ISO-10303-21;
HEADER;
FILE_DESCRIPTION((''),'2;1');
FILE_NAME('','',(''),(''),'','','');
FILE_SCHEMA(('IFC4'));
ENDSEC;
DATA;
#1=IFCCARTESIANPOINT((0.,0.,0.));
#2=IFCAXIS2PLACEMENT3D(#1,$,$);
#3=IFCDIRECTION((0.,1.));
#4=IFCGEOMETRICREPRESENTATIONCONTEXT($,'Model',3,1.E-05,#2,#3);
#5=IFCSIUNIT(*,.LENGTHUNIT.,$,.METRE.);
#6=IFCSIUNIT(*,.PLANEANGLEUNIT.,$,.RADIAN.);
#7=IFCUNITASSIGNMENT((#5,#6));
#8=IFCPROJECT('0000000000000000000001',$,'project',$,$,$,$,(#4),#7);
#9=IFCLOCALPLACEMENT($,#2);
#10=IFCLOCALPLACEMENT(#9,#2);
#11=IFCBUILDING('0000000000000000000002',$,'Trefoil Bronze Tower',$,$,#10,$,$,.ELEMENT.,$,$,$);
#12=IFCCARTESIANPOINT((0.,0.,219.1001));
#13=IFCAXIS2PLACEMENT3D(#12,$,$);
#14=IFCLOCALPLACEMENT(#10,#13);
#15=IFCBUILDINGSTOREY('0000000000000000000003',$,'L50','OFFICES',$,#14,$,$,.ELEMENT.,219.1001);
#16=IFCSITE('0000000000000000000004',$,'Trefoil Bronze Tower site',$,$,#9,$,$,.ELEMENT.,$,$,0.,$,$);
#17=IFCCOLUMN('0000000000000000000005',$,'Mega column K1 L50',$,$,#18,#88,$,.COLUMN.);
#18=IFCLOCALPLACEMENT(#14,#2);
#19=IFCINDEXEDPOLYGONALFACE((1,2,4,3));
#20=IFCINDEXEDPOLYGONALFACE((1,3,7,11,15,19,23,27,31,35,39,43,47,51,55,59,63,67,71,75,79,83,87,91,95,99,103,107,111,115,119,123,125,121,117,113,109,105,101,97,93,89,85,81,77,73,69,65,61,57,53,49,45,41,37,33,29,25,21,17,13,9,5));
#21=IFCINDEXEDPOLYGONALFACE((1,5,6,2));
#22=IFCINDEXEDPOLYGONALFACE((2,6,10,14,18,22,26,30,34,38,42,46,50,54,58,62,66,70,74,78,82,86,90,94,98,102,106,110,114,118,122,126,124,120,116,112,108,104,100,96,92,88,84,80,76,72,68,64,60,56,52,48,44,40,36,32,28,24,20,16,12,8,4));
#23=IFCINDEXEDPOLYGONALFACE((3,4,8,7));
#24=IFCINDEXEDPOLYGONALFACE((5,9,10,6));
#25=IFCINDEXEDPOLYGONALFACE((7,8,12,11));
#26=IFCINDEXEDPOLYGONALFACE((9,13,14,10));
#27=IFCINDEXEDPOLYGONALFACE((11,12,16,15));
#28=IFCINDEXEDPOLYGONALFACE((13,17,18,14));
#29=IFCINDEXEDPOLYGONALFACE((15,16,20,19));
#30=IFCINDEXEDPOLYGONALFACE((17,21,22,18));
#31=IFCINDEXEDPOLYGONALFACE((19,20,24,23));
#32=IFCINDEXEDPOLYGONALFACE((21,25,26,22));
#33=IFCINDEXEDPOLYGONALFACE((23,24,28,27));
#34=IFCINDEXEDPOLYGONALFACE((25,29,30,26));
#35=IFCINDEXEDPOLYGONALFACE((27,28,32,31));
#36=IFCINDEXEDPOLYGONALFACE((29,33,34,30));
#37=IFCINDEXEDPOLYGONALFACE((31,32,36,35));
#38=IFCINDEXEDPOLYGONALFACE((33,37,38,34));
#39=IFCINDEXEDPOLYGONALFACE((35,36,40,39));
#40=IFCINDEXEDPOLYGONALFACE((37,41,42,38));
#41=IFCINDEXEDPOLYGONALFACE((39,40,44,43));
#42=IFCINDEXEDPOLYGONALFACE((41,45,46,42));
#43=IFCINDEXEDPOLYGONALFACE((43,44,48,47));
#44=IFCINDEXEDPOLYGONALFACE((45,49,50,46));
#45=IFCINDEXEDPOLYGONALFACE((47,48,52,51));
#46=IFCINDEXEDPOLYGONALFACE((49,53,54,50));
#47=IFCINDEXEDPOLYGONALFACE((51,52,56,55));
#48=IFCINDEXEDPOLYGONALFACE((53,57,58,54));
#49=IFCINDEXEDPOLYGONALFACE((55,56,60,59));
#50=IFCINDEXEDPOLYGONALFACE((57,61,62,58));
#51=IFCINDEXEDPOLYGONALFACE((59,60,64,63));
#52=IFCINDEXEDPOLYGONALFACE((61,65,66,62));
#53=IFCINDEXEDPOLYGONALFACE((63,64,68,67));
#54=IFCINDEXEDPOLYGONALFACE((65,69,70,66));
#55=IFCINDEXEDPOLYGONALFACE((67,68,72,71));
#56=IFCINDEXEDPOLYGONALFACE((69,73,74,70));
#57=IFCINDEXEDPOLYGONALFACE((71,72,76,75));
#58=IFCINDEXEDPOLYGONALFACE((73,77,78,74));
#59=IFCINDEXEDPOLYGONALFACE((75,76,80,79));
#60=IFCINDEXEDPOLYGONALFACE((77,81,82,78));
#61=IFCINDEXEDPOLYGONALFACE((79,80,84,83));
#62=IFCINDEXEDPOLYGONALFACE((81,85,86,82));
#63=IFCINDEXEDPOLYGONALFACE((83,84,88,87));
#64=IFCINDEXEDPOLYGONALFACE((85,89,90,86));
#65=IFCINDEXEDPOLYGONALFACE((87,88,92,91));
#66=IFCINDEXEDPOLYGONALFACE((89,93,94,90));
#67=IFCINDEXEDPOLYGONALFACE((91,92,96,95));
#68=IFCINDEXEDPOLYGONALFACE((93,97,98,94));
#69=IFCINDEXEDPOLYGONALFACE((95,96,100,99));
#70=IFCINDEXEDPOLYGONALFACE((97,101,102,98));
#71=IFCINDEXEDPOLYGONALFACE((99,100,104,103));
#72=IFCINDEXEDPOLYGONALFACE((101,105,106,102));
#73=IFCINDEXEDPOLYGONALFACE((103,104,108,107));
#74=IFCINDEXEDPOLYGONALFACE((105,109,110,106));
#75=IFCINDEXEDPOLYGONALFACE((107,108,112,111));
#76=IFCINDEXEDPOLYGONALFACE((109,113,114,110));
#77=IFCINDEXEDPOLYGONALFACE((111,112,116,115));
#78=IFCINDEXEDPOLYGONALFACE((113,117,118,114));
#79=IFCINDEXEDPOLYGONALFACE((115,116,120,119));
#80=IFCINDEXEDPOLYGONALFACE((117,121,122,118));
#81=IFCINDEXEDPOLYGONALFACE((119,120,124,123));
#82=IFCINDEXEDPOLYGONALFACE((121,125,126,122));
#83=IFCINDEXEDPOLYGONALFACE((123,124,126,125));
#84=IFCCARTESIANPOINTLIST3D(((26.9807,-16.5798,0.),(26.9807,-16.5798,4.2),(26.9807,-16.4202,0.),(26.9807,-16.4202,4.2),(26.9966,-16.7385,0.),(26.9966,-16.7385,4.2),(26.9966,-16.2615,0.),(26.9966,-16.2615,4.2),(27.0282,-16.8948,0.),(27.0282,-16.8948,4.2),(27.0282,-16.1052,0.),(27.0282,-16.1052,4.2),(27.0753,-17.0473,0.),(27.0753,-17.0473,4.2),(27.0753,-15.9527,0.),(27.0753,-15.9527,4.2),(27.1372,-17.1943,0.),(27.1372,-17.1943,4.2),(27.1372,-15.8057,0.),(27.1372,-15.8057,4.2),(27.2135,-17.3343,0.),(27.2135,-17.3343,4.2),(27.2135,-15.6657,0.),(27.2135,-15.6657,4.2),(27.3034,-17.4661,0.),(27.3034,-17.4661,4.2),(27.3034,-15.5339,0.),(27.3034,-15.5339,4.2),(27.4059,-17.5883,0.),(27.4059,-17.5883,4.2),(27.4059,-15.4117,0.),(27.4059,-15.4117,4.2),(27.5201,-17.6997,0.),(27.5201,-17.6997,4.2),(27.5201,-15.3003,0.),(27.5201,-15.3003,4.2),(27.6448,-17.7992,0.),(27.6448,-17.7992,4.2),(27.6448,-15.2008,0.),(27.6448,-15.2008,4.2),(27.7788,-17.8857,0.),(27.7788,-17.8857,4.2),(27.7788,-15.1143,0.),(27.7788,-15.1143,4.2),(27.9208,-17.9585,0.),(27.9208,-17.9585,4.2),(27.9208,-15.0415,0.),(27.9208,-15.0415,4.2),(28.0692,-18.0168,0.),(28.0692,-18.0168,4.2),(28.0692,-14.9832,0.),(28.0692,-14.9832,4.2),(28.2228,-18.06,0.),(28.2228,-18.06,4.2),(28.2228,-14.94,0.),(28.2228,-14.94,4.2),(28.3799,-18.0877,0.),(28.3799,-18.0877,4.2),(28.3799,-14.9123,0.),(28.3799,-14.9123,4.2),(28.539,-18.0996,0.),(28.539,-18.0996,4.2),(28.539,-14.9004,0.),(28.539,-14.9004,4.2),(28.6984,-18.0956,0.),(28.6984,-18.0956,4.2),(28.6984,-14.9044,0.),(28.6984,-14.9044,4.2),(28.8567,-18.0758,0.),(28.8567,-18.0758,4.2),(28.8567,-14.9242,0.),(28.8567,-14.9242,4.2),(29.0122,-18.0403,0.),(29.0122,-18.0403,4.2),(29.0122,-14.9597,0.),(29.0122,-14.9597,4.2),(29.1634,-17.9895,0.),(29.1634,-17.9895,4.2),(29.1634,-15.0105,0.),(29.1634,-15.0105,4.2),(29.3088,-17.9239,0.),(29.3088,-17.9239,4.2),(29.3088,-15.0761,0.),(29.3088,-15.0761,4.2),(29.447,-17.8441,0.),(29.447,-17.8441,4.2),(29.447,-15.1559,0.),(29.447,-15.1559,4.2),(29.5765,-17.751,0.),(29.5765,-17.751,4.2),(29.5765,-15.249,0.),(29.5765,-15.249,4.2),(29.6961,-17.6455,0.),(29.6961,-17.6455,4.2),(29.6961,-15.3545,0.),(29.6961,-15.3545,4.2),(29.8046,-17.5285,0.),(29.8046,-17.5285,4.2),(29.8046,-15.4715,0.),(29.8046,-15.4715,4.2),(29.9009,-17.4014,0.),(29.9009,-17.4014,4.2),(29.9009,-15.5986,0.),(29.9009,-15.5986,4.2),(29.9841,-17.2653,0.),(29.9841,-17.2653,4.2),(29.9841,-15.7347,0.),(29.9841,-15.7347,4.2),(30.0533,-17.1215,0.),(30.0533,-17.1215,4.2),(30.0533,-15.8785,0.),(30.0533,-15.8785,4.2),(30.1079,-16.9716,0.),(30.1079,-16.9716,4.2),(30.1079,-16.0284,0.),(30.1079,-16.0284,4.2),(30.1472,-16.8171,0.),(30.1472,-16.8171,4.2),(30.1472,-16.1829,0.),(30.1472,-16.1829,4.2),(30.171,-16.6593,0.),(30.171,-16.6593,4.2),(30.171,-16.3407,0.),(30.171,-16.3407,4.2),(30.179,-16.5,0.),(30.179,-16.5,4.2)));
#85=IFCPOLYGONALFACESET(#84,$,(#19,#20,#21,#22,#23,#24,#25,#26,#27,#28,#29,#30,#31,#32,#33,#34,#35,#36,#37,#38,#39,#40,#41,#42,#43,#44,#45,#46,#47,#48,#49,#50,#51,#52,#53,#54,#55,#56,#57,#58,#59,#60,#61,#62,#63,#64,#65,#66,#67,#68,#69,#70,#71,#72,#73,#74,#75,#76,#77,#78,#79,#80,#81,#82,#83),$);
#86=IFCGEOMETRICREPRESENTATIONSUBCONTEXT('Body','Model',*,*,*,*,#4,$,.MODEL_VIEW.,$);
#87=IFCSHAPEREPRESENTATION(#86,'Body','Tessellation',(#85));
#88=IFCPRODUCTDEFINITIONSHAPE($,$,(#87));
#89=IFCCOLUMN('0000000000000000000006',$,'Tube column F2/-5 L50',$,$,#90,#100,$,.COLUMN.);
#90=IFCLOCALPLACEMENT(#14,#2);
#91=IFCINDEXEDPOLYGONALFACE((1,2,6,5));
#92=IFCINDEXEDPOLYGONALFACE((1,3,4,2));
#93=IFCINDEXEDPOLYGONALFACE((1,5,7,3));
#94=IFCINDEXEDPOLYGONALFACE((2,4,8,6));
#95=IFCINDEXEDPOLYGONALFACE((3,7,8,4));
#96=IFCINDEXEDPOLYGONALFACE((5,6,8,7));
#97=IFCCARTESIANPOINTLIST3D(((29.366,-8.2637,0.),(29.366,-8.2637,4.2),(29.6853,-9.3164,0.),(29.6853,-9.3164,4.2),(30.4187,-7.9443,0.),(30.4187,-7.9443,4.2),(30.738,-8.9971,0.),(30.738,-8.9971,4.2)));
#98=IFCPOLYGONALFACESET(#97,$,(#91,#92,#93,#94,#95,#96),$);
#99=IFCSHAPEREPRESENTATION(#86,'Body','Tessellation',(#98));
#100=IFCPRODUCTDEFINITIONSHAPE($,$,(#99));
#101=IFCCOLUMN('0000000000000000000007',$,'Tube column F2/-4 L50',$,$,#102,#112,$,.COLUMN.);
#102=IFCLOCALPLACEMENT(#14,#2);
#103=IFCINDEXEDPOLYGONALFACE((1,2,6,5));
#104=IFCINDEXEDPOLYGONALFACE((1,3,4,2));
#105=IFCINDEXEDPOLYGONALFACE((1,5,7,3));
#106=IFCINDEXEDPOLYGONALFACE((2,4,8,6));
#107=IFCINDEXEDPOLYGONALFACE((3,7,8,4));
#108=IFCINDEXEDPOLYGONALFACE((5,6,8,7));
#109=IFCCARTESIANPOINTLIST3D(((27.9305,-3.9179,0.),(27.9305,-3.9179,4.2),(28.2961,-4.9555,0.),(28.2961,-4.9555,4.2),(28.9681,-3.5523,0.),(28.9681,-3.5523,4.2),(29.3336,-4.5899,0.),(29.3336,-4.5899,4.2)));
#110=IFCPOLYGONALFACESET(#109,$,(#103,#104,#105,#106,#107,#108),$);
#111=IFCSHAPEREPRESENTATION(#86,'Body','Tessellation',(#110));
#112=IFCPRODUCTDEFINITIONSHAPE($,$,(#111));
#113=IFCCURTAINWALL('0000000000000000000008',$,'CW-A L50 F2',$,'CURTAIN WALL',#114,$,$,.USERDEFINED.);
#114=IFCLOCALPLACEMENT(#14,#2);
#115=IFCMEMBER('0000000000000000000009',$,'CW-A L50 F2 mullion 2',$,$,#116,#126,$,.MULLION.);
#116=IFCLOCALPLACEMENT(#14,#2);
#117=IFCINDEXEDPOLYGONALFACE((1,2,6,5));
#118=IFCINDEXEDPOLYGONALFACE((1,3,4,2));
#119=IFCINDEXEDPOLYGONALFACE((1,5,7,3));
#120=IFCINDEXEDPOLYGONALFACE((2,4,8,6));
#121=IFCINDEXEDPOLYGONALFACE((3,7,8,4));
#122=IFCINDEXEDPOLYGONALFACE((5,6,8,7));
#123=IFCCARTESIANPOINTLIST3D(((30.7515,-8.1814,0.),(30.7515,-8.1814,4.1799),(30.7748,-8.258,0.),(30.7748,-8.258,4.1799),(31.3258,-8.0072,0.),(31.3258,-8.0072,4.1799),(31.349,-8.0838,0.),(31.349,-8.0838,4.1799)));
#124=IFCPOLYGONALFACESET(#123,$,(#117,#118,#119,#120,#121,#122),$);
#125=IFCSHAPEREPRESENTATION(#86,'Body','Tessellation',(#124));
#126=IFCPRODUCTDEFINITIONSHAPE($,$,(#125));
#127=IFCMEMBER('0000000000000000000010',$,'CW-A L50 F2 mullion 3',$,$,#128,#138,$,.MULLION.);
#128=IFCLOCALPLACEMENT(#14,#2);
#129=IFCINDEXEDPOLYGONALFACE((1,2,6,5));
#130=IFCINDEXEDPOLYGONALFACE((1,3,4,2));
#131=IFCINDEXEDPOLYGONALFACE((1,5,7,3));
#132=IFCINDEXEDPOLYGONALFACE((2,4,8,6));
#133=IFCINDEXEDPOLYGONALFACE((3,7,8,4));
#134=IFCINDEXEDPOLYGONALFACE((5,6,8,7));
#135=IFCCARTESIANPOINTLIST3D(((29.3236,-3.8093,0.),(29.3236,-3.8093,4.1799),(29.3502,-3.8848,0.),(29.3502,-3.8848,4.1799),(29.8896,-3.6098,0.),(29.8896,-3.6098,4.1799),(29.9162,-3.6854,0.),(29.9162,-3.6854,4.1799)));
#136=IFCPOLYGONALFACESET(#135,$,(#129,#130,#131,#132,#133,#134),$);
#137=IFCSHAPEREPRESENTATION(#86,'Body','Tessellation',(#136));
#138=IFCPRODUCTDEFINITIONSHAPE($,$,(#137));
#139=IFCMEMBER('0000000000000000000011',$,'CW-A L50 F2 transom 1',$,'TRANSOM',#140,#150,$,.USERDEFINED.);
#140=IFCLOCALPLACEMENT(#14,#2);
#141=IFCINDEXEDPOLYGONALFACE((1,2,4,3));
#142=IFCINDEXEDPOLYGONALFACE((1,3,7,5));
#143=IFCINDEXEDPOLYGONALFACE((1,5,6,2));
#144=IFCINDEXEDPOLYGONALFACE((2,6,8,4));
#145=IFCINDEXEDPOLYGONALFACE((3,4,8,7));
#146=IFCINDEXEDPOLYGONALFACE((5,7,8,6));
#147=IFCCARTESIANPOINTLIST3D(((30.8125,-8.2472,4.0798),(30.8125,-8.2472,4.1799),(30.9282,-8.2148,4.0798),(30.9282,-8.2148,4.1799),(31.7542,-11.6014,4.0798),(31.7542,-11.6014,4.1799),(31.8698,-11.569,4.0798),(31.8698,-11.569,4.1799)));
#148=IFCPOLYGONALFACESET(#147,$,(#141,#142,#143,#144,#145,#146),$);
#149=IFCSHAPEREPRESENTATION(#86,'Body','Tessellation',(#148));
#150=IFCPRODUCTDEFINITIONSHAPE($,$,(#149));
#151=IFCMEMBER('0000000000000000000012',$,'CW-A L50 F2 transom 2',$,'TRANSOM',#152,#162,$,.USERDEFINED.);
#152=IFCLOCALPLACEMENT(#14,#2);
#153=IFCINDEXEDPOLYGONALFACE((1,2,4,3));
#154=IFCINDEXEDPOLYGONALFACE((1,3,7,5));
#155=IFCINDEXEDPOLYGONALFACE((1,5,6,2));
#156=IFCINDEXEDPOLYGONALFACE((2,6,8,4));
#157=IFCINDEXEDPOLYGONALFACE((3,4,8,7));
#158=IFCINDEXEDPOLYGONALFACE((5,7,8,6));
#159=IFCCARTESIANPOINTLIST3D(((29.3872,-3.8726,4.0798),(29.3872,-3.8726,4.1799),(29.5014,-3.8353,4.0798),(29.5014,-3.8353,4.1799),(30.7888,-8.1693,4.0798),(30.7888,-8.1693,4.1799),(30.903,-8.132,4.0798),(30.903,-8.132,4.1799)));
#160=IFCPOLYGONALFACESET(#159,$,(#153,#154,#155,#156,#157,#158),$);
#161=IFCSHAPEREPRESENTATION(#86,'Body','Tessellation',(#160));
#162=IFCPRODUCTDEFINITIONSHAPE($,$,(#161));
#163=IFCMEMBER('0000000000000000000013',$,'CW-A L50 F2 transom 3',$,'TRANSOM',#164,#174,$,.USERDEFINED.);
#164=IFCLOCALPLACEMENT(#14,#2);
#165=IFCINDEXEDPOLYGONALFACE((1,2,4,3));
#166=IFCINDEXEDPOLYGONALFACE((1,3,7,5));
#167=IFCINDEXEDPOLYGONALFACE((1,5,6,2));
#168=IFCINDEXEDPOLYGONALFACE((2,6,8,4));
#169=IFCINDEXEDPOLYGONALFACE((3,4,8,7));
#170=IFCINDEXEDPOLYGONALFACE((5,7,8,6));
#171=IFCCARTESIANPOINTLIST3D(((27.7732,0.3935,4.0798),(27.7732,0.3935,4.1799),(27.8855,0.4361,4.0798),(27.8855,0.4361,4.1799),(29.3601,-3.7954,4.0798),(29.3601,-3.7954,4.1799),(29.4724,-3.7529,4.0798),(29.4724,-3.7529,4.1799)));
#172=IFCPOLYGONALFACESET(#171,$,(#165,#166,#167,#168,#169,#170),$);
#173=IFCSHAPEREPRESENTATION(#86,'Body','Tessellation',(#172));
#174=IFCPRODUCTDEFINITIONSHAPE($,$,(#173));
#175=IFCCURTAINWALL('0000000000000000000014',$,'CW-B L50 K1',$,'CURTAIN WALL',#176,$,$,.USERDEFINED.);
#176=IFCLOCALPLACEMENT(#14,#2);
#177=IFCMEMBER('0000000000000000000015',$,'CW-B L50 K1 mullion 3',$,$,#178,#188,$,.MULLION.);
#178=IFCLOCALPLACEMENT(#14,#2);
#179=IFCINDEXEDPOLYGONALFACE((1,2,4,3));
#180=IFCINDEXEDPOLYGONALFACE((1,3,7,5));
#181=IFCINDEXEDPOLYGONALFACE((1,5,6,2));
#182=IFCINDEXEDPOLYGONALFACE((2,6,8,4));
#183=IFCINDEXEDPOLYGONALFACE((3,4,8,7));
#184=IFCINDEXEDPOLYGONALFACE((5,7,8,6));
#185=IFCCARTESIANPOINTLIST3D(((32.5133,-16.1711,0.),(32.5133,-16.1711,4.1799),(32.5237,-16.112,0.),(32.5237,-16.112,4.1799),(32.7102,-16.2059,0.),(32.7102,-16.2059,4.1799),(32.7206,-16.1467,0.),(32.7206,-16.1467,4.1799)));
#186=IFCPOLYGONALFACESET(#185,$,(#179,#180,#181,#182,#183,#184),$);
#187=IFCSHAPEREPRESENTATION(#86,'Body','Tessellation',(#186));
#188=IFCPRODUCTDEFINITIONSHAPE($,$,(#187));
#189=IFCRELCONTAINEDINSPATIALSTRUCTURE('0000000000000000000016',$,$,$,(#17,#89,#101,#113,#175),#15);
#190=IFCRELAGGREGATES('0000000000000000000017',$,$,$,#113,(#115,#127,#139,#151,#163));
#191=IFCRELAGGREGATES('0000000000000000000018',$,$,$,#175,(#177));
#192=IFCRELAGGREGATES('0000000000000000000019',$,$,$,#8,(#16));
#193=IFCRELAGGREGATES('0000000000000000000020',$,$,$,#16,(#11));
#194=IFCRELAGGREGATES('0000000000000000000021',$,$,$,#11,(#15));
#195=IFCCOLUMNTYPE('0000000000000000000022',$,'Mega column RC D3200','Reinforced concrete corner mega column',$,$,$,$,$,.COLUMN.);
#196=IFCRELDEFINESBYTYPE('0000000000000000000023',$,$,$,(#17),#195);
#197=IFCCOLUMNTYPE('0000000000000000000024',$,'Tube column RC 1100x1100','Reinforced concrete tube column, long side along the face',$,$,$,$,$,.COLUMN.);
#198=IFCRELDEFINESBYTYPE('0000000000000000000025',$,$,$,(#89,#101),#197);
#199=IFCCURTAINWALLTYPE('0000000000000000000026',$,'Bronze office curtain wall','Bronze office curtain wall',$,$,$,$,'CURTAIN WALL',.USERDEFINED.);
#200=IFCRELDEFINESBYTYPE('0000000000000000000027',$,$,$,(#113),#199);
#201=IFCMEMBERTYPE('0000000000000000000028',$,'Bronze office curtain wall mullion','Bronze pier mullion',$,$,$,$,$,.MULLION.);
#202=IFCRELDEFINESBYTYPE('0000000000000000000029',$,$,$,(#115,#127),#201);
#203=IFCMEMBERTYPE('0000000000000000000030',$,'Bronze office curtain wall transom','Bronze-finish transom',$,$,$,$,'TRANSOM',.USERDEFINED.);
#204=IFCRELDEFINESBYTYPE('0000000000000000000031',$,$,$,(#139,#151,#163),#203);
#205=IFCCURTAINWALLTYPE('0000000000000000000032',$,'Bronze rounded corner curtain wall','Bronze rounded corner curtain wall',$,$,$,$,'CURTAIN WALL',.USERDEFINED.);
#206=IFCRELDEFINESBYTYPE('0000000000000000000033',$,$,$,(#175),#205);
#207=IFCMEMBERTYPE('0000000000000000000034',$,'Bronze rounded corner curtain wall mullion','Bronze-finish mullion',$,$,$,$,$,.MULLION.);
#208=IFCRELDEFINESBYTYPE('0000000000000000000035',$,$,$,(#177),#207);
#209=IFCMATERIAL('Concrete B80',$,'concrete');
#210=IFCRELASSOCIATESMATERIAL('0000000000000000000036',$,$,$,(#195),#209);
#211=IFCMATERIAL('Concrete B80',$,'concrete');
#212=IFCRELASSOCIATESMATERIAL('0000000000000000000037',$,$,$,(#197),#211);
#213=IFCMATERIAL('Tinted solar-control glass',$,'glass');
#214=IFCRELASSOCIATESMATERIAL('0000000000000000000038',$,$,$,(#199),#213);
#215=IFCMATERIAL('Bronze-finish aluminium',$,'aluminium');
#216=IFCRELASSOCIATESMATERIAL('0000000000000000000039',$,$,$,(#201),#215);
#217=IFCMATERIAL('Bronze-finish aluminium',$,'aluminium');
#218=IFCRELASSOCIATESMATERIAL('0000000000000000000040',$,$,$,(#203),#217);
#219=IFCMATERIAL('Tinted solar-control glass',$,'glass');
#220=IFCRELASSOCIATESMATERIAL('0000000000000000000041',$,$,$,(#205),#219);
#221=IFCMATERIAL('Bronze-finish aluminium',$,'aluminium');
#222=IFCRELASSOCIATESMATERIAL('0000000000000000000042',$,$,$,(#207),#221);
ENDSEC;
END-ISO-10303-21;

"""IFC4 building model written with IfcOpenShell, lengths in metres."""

from ifc_helpers import new_model, si_unit, direction, frame, origin, origin_2d, place, context, subcontext, project, spatial, rectangle, circle, extrude, material, material_profile, profile_set, type_object, element, aggregate, save


model = new_model("IFC4")

# Units and contexts
model_context = context("Model", 3, precision=1e-05, world=origin(), true_north=direction((0.0, 1.0)))
body_context = subcontext(model_context, "Body", "Model", "MODEL_VIEW")
ifc_project = project(units=[si_unit("LENGTHUNIT", "METRE"), si_unit("PLANEANGLEUNIT", "RADIAN")], contexts=[model_context])

# Site, building, storey
site_placement = place(None, origin())
site = spatial("IfcSite", under=ifc_project, at=site_placement, Name="Trefoil Bronze Tower site", CompositionType="ELEMENT", RefElevation=0.0)
building_placement = place(site_placement, origin())
building = spatial("IfcBuilding", under=site, at=building_placement, Name="Trefoil Bronze Tower", CompositionType="ELEMENT")
storey_placement = place(building_placement, frame((0.0, 0.0, 219.1001)))
storey = spatial("IfcBuildingStorey", under=building, at=storey_placement, Name="L50", Description="OFFICES", CompositionType="ELEMENT", Elevation=219.1001)

# Columns
ifc_material_1 = material(Name="Concrete B80", Category="concrete")
ifc_material_profile_1 = material_profile(ifc_material_1, circle(Radius=1.6001, at=origin_2d()), Name="RC D3200")
ifc_profile_set_1 = profile_set([ifc_material_profile_1], Name="Concrete B80")
column_type_1 = type_object("IfcColumnType", Name="Mega column RC D3200", Description="Reinforced concrete corner mega column", PredefinedType="COLUMN", material=ifc_profile_set_1)
column_placement = place(storey_placement, frame((28.5789, -16.5, 0.0), z_axis=(0.0, 0.0, 1.0), x_axis=(1.0, 0.0, 0.0)))
element("IfcColumn", 1, at=column_placement, inside=storey, type_object=column_type_1, Name="Mega column K1 L50", PredefinedType="COLUMN", context=body_context, shape_type="SweptSolid", body=[
    extrude(circle(Radius=1.6001, at=origin_2d()), origin(), (0.0, 0.0, 1.0), 4.2),
])
ifc_material_2 = material(Name="Concrete B80", Category="concrete")
ifc_material_profile_2 = material_profile(ifc_material_2, rectangle(XDim=1.1001, YDim=1.1001, at=origin_2d()), Name="RC 1100x1100")
ifc_profile_set_2 = profile_set([ifc_material_profile_2], Name="Concrete B80")
column_type_2 = type_object("IfcColumnType", Name="Tube column RC 1100x1100", Description="Reinforced concrete tube column, long side along the face", PredefinedType="COLUMN", material=ifc_profile_set_2)
for number, where, z_axis, x_axis, name in (
    (2, (30.052, -8.6304, 0.0), (0.0, 0.0, 1.0), (-0.290278, 0.956942, 0.0), "Tube column F2/-5 L50"),
    (3, (28.6321, -4.2539, 0.0), (0.0, 0.0, 1.0), (-0.332282, 0.94318, 0.0), "Tube column F2/-4 L50"),
):
    element("IfcColumn", number, at=place(storey_placement, frame(where, z_axis=z_axis, x_axis=x_axis)), inside=storey, type_object=column_type_2, Name=name, PredefinedType="COLUMN", context=body_context, shape_type="SweptSolid", body=[
        extrude(rectangle(XDim=1.1001, YDim=1.1001, at=origin_2d()), origin(), (0.0, 0.0, 1.0), 4.2),
    ])

# Curtain walls, members
ifc_material_3 = material(Name="Tinted solar-control glass", Category="glass")
curtain_wall_type_1 = type_object("IfcCurtainWallType", Name="Bronze office curtain wall", Description="Bronze office curtain wall", ElementType="CURTAIN WALL", PredefinedType="USERDEFINED", material=ifc_material_3)
curtain_wall_1_placement = place(storey_placement, origin())
curtain_wall_1 = element("IfcCurtainWall", 4, at=curtain_wall_1_placement, inside=storey, type_object=curtain_wall_type_1, Name="CW-A L50 F2", ObjectType="CURTAIN WALL", PredefinedType="USERDEFINED")
ifc_material_4 = material(Name="Bronze-finish aluminium", Category="aluminium")
ifc_material_profile_3 = material_profile(ifc_material_4, rectangle(XDim=0.6001, YDim=0.0801, at=origin_2d()), Name="CW-A mullion")
ifc_profile_set_3 = profile_set([ifc_material_profile_3], Name="Bronze-finish aluminium")
member_type_1 = type_object("IfcMemberType", Name="Bronze office curtain wall mullion", Description="Bronze pier mullion", PredefinedType="MULLION", material=ifc_profile_set_3)
member_1_placement = place(storey_placement, frame((31.0503, -8.1326, 0.0), z_axis=(0.0, 0.0, 1.0), x_axis=(-0.956942, -0.290278, 0.0)))
member_1 = element("IfcMember", 5, at=member_1_placement, type_object=member_type_1, Name="CW-A L50 F2 mullion 2", PredefinedType="MULLION", context=body_context, shape_type="SweptSolid", body=[
    extrude(rectangle(XDim=0.6001, YDim=0.0801, at=origin_2d()), origin(), (0.0, 0.0, 1.0), 4.1799),
])
member_2_placement = place(storey_placement, frame((29.6199, -3.7473, 0.0), z_axis=(0.0, 0.0, 1.0), x_axis=(-0.94318, -0.332282, 0.0)))
member_2 = element("IfcMember", 6, at=member_2_placement, type_object=member_type_1, Name="CW-A L50 F2 mullion 3", PredefinedType="MULLION", context=body_context, shape_type="SweptSolid", body=[
    extrude(rectangle(XDim=0.6001, YDim=0.0801, at=origin_2d()), origin(), (0.0, 0.0, 1.0), 4.1799),
])
ifc_material_5 = material(Name="Bronze-finish aluminium", Category="aluminium")
ifc_material_profile_4 = material_profile(ifc_material_5, rectangle(XDim=0.1201, YDim=0.1001, at=origin_2d()), Name="CW-A transom")
ifc_profile_set_4 = profile_set([ifc_material_profile_4], Name="Bronze-finish aluminium")
member_type_2 = type_object("IfcMemberType", Name="Bronze office curtain wall transom", Description="Bronze-finish transom", ElementType="TRANSOM", PredefinedType="USERDEFINED", material=ifc_profile_set_4)
member_3_placement = place(storey_placement, frame((31.812, -11.5852, 4.1299), z_axis=(-0.270285, 0.96278, 0.0), x_axis=(-0.96278, -0.270285, 0.0)))
member_3 = element("IfcMember", 7, at=member_3_placement, type_object=member_type_2, Name="CW-A L50 F2 transom 1", ObjectType="TRANSOM", PredefinedType="USERDEFINED", context=body_context, shape_type="SweptSolid", body=[
    extrude(rectangle(XDim=0.1201, YDim=0.1001, at=origin_2d()), origin(), (0.0, 0.0, 1.0), 3.4839),
])
member_4_placement = place(storey_placement, frame((30.8459, -8.1506, 4.1299), z_axis=(-0.310128, 0.950695, 0.0), x_axis=(-0.950695, -0.310128, 0.0)))
member_4 = element("IfcMember", 8, at=member_4_placement, type_object=member_type_2, Name="CW-A L50 F2 transom 2", ObjectType="TRANSOM", PredefinedType="USERDEFINED", context=body_context, shape_type="SweptSolid", body=[
    extrude(rectangle(XDim=0.1201, YDim=0.1001, at=origin_2d()), origin(), (0.0, 0.0, 1.0), 4.5195),
])
member_5_placement = place(storey_placement, frame((29.4163, -3.7742, 4.1299), z_axis=(-0.354263, 0.935146, 0.0), x_axis=(-0.935146, -0.354263, 0.0)))
member_5 = element("IfcMember", 9, at=member_5_placement, type_object=member_type_2, Name="CW-A L50 F2 transom 3", ObjectType="TRANSOM", PredefinedType="USERDEFINED", context=body_context, shape_type="SweptSolid", body=[
    extrude(rectangle(XDim=0.1201, YDim=0.1001, at=origin_2d()), origin(), (0.0, 0.0, 1.0), 4.4795),
])
ifc_material_6 = material(Name="Tinted solar-control glass", Category="glass")
curtain_wall_type_2 = type_object("IfcCurtainWallType", Name="Bronze rounded corner curtain wall", Description="Bronze rounded corner curtain wall", ElementType="CURTAIN WALL", PredefinedType="USERDEFINED", material=ifc_material_6)
curtain_wall_2_placement = place(storey_placement, origin())
curtain_wall_2 = element("IfcCurtainWall", 10, at=curtain_wall_2_placement, inside=storey, type_object=curtain_wall_type_2, Name="CW-B L50 K1", ObjectType="CURTAIN WALL", PredefinedType="USERDEFINED")
ifc_material_7 = material(Name="Bronze-finish aluminium", Category="aluminium")
ifc_material_profile_5 = material_profile(ifc_material_7, rectangle(XDim=0.2, YDim=0.0601, at=origin_2d()), Name="CW-B mullion")
ifc_profile_set_5 = profile_set([ifc_material_profile_5], Name="Bronze-finish aluminium")
member_type_3 = type_object("IfcMemberType", Name="Bronze rounded corner curtain wall mullion", Description="Bronze-finish mullion", PredefinedType="MULLION", material=ifc_profile_set_5)
member_6_placement = place(storey_placement, frame((32.6169, -16.1589, 0.0), z_axis=(0.0, 0.0, 1.0), x_axis=(-0.984808, 0.173648, 0.0)))
member_6 = element("IfcMember", 11, at=member_6_placement, type_object=member_type_3, Name="CW-B L50 K1 mullion 3", PredefinedType="MULLION", context=body_context, shape_type="SweptSolid", body=[
    extrude(rectangle(XDim=0.2, YDim=0.0601, at=origin_2d()), origin(), (0.0, 0.0, 1.0), 4.1799),
])

aggregate(curtain_wall_1, [member_1, member_2, member_3, member_4, member_5])
aggregate(curtain_wall_2, [member_6])

save(model, "model.ifc")
